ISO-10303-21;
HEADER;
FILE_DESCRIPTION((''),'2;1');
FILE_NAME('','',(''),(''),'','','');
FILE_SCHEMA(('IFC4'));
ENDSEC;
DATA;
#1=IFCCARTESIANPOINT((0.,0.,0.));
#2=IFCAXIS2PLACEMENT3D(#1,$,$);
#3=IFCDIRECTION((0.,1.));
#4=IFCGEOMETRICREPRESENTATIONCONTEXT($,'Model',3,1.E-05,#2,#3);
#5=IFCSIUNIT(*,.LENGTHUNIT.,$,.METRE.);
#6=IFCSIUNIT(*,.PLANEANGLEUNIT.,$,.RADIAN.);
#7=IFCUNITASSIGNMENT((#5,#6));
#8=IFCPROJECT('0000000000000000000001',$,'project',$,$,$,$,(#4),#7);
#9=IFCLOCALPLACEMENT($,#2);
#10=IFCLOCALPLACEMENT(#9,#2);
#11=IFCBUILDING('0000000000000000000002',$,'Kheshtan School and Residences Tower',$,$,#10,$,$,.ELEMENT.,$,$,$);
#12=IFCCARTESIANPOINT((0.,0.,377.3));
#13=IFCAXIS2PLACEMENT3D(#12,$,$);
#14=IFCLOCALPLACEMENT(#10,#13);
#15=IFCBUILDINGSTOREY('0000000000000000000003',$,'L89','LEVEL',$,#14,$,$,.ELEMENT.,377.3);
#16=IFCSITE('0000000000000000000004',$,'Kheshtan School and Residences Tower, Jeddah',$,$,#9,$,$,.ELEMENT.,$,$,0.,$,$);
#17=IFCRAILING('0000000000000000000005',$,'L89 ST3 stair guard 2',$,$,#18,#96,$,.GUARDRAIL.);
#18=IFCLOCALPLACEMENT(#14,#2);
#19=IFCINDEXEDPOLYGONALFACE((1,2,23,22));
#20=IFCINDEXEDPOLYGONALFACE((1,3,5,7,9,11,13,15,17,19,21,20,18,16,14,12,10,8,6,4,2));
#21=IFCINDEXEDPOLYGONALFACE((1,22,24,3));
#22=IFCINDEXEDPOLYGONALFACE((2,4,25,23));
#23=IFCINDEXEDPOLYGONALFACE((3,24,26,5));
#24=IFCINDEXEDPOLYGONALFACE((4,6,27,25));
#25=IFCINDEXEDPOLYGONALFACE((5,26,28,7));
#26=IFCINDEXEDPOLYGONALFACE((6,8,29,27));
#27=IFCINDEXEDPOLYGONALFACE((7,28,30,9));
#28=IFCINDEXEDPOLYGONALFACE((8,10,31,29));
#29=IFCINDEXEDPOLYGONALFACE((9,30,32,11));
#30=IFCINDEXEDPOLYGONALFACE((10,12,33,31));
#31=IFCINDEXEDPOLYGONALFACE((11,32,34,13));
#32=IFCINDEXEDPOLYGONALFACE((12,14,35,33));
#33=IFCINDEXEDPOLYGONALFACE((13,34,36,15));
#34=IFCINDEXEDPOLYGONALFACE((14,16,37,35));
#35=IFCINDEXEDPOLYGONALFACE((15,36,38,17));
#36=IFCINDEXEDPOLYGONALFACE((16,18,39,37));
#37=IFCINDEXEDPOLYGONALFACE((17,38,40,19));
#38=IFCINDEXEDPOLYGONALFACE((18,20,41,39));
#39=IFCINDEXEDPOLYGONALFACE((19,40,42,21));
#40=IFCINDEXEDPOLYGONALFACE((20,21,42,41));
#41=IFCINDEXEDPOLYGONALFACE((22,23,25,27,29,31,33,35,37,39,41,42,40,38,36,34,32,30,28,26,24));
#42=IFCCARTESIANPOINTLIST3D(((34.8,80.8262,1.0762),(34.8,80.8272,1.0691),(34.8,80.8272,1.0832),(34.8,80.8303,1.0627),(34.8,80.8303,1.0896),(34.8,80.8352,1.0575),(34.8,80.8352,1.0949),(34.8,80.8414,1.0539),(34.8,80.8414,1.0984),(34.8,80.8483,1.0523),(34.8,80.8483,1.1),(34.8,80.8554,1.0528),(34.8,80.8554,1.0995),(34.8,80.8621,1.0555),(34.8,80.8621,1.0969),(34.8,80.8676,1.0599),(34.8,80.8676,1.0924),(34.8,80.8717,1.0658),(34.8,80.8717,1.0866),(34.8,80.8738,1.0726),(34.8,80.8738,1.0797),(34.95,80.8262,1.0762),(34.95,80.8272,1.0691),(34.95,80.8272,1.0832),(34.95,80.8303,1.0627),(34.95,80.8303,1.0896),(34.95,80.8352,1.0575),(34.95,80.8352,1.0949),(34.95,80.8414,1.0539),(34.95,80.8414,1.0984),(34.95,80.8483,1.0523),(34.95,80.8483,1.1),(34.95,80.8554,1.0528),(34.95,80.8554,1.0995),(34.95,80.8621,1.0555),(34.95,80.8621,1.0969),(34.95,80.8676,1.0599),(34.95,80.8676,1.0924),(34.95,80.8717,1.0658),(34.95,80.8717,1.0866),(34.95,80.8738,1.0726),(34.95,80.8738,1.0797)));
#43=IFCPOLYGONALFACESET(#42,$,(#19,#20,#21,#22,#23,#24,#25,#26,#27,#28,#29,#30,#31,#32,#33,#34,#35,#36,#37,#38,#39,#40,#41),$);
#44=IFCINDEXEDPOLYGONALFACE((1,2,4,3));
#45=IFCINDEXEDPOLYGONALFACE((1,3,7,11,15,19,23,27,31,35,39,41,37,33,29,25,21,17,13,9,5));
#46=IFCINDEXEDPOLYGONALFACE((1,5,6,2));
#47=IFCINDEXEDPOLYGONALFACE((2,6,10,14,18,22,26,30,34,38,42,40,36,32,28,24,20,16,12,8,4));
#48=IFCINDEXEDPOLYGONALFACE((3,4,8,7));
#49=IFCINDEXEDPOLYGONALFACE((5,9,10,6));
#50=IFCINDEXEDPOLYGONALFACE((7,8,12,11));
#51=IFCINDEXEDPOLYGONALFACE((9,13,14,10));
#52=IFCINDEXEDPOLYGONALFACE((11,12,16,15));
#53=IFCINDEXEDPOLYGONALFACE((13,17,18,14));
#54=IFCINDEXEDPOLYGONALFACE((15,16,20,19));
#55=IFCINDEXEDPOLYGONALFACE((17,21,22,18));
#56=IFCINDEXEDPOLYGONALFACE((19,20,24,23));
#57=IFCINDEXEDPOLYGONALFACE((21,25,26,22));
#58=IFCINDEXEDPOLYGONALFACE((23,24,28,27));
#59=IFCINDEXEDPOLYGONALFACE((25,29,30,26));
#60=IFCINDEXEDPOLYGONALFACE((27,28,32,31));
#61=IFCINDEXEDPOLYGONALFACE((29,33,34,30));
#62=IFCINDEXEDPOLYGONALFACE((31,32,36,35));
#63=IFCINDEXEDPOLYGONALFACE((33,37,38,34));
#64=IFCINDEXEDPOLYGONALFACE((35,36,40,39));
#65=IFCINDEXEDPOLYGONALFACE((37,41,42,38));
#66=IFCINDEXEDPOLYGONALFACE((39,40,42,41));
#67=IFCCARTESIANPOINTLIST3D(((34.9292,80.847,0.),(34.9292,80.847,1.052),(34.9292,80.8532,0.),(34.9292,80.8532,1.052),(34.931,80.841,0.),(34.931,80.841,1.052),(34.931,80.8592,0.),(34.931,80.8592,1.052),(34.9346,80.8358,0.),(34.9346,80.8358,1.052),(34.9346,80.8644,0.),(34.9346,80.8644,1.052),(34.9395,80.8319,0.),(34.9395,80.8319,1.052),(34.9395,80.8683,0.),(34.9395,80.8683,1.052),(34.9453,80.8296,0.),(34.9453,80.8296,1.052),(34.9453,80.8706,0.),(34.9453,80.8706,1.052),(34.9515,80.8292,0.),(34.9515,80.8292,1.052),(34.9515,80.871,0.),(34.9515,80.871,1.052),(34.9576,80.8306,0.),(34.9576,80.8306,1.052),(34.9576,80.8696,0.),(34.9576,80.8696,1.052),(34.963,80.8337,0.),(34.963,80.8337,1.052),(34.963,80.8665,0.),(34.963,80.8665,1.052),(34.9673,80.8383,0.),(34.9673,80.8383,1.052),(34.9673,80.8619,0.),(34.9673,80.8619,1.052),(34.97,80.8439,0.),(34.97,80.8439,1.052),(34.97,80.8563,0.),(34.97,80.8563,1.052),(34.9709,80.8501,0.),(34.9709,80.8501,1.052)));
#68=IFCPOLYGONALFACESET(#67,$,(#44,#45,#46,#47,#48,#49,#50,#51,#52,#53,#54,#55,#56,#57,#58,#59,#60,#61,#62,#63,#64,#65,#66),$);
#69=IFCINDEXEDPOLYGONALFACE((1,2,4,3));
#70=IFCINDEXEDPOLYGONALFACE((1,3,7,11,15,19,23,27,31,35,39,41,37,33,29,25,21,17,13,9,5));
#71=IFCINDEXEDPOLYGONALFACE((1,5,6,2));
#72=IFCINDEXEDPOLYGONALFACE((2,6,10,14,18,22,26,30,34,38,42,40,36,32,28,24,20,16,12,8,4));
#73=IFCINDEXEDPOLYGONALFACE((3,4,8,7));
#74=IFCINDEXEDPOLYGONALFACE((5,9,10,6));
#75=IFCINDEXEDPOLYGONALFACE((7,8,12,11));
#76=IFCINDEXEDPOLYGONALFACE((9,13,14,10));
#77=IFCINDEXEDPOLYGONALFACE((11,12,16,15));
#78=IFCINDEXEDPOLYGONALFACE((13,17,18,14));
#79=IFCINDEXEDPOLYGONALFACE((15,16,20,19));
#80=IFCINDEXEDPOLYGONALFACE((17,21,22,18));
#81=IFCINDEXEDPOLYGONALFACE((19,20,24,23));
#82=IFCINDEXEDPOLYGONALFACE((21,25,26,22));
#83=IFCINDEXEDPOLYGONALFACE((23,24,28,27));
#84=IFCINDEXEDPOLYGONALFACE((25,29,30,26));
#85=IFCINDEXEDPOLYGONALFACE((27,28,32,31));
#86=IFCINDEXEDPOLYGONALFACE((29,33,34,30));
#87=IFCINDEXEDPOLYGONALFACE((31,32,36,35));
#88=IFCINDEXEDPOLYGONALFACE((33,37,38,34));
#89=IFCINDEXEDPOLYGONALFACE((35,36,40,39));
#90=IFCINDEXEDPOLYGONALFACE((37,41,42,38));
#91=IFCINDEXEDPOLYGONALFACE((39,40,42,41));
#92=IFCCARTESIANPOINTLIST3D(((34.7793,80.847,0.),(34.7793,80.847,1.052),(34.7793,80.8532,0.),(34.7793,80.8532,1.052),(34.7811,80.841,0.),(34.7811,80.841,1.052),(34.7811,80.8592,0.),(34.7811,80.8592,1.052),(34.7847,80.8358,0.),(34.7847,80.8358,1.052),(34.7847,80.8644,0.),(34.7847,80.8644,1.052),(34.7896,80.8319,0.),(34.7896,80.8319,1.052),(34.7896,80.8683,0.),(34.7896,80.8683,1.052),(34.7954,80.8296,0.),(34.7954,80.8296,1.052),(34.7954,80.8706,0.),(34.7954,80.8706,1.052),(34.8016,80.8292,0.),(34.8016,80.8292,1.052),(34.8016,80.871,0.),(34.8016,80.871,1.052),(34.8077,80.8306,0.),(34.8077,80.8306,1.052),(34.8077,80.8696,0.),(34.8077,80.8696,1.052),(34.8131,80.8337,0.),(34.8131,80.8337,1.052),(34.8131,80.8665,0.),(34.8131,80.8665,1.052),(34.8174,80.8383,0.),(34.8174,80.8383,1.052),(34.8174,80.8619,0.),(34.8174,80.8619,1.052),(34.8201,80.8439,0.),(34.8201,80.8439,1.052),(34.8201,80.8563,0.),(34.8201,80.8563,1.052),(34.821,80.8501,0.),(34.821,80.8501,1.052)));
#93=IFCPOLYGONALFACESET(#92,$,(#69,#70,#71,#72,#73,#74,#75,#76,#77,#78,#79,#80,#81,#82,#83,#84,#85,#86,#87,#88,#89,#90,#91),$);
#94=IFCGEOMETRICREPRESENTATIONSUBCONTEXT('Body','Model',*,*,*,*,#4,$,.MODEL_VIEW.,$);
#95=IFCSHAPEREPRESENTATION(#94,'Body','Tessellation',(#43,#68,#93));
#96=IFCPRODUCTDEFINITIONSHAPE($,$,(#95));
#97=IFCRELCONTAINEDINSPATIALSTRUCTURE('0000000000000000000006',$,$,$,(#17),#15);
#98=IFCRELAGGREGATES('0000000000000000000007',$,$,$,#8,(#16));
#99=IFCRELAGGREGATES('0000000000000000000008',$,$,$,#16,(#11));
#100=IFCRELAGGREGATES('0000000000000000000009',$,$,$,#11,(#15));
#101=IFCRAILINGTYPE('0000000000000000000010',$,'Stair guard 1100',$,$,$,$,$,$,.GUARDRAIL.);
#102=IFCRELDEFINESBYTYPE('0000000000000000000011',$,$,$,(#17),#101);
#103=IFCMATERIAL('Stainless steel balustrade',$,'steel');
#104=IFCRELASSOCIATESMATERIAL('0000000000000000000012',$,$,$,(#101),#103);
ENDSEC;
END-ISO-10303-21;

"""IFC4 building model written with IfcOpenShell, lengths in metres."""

from ifc_helpers import new_model, si_unit, direction, frame, origin, origin_2d, place, context, subcontext, project, spatial, circle, extrude, material, type_object, element, save


model = new_model("IFC4")

# Units and contexts
model_context = context("Model", 3, precision=1e-05, world=origin(), true_north=direction((0.0, 1.0)))
body_context = subcontext(model_context, "Body", "Model", "MODEL_VIEW")
ifc_project = project(units=[si_unit("LENGTHUNIT", "METRE"), si_unit("PLANEANGLEUNIT", "RADIAN")], contexts=[model_context])

# Site, building, storey
site_placement = place(None, origin())
site = spatial("IfcSite", under=ifc_project, at=site_placement, Name="Kheshtan School and Residences Tower, Jeddah", CompositionType="ELEMENT", RefElevation=0.0)
building_placement = place(site_placement, origin())
building = spatial("IfcBuilding", under=site, at=building_placement, Name="Kheshtan School and Residences Tower", CompositionType="ELEMENT")
storey_placement = place(building_placement, frame((0.0, 0.0, 377.3)))
storey = spatial("IfcBuildingStorey", under=building, at=storey_placement, Name="L89", Description="LEVEL", CompositionType="ELEMENT", Elevation=377.3)

# Railing
ifc_material_1 = material(Name="Stainless steel balustrade", Category="steel")
railing_type_1 = type_object("IfcRailingType", Name="Stair guard 1100", PredefinedType="GUARDRAIL", material=ifc_material_1)
railing_1_placement = place(storey_placement, frame((34.95, 80.8501, 0.0)))
element("IfcRailing", 1, at=railing_1_placement, inside=storey, type_object=railing_type_1, Name="L89 ST3 stair guard 2", PredefinedType="GUARDRAIL", context=body_context, shape_type="SweptSolid", body=[
    extrude(circle(Radius=0.0239, at=origin_2d()), frame((0.0, 0.0, 1.0762), z_axis=(-1.0, 0.0, 0.0), x_axis=(0.0, -1.0, 0.0)), (0.0, 0.0, 1.0), 0.1499),
    extrude(circle(Radius=0.021, at=origin_2d()), origin(), (0.0, 0.0, 1.0), 1.052),
    extrude(circle(Radius=0.021, at=origin_2d()), frame((-0.1499, 0.0, 0.0)), (0.0, 0.0, 1.0), 1.052),
])

save(model, "model.ifc")
